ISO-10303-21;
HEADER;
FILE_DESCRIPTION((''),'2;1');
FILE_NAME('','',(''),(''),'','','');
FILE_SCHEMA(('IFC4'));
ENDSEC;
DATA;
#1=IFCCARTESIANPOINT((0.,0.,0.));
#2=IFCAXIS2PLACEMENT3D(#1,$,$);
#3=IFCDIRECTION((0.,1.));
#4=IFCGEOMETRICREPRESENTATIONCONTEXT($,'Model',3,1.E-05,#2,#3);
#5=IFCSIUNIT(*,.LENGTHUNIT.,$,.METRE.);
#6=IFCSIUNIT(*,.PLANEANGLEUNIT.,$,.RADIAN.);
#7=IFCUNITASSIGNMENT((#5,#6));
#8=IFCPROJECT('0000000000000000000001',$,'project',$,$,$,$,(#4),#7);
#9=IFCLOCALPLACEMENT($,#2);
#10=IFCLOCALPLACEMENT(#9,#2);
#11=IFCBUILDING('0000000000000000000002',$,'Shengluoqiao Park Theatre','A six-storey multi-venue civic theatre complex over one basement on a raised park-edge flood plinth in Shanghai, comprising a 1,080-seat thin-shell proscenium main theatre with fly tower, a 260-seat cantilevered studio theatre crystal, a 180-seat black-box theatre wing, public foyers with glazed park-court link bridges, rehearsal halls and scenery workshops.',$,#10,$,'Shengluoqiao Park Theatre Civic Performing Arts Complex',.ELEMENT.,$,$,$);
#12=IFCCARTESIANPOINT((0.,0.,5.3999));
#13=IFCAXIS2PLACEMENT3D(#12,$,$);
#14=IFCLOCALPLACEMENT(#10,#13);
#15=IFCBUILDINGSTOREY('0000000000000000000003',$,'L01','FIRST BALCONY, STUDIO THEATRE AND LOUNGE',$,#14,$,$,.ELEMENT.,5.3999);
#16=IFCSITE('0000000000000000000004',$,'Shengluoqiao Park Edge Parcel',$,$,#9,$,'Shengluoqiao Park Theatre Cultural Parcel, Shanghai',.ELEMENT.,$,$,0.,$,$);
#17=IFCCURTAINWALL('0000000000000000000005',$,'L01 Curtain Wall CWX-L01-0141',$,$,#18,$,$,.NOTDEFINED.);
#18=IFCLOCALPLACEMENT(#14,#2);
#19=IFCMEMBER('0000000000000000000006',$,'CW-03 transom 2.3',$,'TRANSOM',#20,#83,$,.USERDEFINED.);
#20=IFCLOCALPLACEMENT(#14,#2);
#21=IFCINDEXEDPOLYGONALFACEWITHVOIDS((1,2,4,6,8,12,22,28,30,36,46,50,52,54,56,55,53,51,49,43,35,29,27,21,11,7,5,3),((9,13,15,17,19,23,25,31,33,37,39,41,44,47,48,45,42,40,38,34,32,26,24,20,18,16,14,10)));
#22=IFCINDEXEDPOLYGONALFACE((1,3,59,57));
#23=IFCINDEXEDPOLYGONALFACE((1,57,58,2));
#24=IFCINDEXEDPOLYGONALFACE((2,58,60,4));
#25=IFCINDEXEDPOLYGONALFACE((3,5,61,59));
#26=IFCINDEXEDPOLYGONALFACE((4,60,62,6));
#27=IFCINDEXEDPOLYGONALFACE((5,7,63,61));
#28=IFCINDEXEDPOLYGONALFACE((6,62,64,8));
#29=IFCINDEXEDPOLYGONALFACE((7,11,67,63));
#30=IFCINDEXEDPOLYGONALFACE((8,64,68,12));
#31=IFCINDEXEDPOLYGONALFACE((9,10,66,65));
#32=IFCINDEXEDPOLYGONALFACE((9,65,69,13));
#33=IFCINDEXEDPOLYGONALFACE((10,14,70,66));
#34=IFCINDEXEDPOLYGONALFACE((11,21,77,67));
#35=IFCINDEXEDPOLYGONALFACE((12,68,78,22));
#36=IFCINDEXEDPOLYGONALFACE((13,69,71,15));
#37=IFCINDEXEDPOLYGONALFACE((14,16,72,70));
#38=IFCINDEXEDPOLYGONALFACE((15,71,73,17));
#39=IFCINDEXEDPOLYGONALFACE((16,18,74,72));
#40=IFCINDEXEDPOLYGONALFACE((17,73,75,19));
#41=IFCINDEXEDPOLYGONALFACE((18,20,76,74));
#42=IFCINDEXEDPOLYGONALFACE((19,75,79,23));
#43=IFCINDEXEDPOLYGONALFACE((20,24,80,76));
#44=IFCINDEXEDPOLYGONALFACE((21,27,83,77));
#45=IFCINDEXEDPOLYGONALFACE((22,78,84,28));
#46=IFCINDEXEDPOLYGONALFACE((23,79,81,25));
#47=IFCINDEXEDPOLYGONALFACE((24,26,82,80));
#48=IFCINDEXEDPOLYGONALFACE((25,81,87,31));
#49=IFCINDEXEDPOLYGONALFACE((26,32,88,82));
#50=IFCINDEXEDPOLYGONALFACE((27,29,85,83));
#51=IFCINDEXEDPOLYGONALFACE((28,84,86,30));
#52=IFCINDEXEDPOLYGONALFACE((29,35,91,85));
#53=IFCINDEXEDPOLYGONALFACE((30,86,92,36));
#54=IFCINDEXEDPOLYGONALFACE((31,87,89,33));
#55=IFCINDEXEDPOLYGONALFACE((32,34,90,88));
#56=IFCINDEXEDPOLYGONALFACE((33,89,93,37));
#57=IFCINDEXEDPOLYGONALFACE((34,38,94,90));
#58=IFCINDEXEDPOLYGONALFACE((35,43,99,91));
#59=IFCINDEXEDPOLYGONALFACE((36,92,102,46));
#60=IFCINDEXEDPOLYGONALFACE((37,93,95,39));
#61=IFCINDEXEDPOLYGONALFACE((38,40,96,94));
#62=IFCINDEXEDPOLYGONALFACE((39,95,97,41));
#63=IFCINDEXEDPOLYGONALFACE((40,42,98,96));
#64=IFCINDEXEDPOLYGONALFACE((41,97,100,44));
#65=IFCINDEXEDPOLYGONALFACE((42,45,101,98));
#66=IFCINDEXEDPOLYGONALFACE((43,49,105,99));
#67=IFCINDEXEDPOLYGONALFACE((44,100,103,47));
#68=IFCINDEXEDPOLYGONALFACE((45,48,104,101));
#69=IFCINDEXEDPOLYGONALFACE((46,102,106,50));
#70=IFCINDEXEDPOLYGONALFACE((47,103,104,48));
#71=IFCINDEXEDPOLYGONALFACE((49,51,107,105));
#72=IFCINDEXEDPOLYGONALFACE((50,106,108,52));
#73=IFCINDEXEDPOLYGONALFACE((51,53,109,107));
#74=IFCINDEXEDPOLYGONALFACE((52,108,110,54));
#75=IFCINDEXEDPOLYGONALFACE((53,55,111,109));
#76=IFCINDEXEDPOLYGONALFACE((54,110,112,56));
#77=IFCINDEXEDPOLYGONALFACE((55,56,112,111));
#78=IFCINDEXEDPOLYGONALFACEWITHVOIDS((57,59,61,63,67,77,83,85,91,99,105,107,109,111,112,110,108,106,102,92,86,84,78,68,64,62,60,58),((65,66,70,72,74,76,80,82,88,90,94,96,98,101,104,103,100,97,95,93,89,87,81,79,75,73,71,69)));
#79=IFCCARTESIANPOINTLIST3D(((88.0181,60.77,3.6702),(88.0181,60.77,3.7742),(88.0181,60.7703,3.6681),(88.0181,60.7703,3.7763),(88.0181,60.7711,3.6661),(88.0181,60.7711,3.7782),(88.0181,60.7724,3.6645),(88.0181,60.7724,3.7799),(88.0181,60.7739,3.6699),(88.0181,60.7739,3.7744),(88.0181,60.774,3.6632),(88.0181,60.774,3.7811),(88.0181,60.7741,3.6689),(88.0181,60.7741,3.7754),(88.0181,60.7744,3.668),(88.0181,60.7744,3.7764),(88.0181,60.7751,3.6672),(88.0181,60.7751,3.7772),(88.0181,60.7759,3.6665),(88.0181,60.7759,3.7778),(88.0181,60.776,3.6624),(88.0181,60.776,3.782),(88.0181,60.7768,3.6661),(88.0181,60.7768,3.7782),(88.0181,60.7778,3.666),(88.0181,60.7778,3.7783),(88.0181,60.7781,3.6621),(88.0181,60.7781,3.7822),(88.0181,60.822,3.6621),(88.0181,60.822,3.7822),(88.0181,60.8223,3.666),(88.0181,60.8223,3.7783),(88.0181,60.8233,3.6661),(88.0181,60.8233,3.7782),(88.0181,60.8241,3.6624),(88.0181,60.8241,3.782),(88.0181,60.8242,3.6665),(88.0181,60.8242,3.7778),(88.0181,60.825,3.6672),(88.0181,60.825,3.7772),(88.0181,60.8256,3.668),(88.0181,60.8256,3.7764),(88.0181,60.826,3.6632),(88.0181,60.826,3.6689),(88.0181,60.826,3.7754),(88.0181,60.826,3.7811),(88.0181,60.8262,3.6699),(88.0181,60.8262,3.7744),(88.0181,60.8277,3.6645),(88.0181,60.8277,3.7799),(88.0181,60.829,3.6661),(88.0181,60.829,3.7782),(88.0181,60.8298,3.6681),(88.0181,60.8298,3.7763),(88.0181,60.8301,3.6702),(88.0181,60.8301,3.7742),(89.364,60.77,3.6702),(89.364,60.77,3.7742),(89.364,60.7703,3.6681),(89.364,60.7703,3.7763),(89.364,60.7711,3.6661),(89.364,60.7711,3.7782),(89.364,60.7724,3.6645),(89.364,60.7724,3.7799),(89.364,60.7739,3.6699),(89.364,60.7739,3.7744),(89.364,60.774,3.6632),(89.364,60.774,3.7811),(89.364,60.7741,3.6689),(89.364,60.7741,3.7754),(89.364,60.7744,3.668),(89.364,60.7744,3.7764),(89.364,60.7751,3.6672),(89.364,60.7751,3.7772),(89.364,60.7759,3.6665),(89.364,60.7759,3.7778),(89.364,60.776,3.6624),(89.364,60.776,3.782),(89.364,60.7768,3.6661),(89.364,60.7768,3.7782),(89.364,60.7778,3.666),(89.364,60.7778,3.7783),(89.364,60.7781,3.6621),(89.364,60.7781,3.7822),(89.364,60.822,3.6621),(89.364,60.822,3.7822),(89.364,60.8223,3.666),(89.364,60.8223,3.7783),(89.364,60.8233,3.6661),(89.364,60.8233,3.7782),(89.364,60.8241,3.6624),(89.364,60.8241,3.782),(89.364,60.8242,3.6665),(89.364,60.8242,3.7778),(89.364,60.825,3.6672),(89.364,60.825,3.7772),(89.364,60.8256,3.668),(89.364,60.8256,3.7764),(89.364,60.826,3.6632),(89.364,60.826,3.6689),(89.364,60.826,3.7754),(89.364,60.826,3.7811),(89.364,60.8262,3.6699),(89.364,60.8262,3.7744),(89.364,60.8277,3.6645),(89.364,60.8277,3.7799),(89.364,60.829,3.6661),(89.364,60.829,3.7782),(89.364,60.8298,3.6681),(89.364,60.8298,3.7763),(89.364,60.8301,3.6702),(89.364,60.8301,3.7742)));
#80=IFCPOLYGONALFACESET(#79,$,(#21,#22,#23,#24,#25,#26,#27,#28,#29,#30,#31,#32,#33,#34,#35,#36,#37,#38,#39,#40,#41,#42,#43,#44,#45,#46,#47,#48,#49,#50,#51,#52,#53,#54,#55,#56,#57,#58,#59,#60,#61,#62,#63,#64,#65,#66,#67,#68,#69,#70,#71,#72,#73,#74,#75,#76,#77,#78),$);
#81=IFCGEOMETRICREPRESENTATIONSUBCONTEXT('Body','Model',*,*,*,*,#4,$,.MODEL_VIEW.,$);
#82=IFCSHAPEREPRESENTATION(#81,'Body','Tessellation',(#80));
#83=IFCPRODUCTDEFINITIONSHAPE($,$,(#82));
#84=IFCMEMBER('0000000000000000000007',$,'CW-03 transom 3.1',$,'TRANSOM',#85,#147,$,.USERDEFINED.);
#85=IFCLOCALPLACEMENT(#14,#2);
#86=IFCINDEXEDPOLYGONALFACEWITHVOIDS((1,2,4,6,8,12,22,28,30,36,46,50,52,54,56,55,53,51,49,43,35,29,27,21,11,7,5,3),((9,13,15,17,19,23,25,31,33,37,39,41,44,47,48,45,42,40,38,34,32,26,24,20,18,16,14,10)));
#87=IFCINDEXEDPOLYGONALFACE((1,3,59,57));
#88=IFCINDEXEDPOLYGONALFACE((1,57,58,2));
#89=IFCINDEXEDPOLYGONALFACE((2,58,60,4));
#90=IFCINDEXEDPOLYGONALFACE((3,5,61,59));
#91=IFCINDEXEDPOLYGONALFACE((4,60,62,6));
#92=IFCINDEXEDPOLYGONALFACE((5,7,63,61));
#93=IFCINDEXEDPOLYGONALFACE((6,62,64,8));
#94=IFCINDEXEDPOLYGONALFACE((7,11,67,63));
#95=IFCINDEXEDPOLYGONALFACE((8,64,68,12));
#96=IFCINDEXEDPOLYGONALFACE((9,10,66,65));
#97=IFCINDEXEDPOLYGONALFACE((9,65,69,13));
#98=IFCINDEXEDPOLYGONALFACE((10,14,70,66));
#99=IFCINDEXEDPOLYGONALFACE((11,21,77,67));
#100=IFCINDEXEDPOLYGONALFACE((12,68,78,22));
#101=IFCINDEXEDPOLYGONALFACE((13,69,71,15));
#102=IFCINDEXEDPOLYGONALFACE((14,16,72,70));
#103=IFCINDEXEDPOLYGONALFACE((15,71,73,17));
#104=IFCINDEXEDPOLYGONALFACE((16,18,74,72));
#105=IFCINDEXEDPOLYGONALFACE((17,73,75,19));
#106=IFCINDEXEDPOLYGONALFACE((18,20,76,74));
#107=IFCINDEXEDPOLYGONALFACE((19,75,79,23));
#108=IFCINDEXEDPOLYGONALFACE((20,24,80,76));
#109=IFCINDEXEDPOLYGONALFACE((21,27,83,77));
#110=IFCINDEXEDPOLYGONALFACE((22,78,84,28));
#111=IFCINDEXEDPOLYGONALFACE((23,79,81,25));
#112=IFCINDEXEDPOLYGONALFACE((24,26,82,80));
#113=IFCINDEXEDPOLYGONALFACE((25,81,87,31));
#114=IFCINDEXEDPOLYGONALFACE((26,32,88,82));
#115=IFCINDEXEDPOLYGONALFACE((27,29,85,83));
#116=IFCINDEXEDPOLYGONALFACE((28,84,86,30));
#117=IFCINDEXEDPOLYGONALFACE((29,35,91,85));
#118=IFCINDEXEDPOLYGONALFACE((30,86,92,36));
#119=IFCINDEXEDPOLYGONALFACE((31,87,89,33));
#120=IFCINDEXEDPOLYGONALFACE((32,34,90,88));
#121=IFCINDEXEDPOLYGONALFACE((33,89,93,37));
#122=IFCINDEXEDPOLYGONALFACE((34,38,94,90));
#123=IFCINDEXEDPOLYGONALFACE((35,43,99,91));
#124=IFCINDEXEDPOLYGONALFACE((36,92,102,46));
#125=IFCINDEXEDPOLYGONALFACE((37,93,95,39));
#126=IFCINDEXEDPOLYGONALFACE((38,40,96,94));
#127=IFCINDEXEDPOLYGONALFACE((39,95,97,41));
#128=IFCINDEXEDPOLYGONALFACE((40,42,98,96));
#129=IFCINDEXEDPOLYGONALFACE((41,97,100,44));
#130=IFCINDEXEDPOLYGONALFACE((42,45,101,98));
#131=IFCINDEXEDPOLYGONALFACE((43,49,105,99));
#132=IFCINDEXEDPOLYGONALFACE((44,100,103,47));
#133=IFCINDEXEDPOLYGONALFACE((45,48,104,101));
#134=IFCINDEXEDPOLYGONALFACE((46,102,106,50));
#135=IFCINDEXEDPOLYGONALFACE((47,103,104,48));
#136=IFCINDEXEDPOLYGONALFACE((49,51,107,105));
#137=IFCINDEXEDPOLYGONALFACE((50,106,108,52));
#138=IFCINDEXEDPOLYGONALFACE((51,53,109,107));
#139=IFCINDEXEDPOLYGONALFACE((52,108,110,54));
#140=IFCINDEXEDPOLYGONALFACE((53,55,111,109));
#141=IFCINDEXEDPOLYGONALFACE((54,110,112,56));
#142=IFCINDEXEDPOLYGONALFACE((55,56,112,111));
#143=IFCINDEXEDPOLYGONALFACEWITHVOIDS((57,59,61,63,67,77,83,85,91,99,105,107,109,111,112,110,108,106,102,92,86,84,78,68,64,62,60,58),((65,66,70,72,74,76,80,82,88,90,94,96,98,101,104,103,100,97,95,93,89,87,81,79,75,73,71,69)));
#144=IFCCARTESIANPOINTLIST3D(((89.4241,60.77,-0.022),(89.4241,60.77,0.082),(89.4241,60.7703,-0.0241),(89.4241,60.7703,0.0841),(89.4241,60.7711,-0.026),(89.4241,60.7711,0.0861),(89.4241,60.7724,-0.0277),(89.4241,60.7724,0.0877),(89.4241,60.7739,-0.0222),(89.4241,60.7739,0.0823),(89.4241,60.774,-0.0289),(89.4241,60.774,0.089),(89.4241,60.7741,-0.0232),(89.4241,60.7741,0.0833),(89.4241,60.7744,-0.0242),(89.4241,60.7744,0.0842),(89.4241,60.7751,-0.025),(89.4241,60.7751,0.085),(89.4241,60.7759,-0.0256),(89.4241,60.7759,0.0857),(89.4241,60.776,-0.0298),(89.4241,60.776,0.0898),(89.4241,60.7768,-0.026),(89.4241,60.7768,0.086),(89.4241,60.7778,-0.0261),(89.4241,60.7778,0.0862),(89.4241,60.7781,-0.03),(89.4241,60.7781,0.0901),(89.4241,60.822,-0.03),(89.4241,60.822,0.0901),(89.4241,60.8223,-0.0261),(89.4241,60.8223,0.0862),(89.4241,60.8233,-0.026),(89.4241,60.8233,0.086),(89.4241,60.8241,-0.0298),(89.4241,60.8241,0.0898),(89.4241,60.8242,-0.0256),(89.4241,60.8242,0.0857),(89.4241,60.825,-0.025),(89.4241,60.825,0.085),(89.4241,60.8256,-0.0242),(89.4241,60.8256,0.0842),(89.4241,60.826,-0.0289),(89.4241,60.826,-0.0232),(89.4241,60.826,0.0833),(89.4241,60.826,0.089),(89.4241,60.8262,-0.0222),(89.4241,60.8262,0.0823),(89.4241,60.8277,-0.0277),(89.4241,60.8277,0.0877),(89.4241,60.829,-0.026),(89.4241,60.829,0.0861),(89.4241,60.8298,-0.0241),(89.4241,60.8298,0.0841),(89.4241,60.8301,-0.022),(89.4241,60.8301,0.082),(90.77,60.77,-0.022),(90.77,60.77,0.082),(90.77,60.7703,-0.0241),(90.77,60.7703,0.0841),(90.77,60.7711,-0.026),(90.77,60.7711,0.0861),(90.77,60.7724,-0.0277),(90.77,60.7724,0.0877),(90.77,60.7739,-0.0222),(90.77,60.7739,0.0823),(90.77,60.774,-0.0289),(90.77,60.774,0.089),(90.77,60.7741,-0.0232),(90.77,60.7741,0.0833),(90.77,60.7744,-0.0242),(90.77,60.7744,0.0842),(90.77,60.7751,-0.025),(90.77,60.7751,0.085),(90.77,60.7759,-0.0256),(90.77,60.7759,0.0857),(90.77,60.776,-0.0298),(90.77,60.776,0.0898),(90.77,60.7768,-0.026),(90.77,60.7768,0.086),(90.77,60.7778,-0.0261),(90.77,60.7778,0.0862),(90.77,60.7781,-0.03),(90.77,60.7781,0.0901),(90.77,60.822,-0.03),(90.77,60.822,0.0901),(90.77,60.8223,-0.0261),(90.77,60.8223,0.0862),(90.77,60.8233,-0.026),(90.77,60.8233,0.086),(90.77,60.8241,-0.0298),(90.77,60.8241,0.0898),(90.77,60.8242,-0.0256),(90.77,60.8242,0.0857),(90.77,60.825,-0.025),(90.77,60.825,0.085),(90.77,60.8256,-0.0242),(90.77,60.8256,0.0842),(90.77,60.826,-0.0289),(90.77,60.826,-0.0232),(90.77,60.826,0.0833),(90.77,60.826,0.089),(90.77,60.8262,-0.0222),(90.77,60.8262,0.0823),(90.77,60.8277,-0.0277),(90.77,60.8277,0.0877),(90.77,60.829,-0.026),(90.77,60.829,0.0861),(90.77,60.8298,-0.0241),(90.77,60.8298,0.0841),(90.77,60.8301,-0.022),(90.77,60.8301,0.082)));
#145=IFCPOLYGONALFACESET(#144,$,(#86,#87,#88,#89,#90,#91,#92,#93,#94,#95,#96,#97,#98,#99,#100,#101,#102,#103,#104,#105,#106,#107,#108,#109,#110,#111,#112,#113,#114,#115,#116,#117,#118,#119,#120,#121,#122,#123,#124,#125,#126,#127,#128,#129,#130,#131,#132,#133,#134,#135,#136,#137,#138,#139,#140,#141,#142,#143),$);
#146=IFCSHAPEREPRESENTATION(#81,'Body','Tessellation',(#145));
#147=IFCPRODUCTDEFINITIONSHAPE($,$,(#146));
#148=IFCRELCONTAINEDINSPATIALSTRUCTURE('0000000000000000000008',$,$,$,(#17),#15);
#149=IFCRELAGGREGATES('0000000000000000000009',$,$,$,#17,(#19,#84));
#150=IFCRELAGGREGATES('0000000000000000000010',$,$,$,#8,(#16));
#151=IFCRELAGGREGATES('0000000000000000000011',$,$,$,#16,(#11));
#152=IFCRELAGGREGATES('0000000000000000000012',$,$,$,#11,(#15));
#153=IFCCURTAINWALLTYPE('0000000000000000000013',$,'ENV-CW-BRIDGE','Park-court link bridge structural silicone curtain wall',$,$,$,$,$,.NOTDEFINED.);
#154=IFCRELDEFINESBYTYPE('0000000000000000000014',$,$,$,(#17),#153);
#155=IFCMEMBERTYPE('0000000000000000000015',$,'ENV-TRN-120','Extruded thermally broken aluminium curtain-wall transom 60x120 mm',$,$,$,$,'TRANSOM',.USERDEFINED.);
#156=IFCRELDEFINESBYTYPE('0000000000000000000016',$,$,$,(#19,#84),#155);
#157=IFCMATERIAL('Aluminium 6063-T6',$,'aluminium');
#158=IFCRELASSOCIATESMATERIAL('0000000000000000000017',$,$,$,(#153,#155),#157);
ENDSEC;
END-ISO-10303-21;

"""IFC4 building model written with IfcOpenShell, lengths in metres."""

from ifc_helpers import new_model, si_unit, direction, frame, origin, origin_2d, place, context, subcontext, project, spatial, hollow_rectangle, extrude, material, material_profile, profile_set, type_object, element, aggregate, save


model = new_model("IFC4")

# Units and contexts
model_context = context("Model", 3, precision=1e-05, world=origin(), true_north=direction((0.0, 1.0)))
body_context = subcontext(model_context, "Body", "Model", "MODEL_VIEW")
ifc_project = project(units=[si_unit("LENGTHUNIT", "METRE"), si_unit("PLANEANGLEUNIT", "RADIAN")], contexts=[model_context])

# Site, building, storey
site_placement = place(None, origin())
site = spatial("IfcSite", under=ifc_project, at=site_placement, Name="Shengluoqiao Park Edge Parcel", LongName="Shengluoqiao Park Theatre Cultural Parcel, Shanghai", CompositionType="ELEMENT", RefElevation=0.0)
building_placement = place(site_placement, origin())
building = spatial("IfcBuilding", under=site, at=building_placement, Name="Shengluoqiao Park Theatre", Description="A six-storey multi-venue civic theatre complex over one basement on a raised park-edge flood plinth in Shanghai, comprising a 1,080-seat thin-shell proscenium main theatre with fly tower, a 260-seat cantilevered studio theatre crystal, a 180-seat black-box theatre wing, public foyers with glazed park-court link bridges, rehearsal halls and scenery workshops.", LongName="Shengluoqiao Park Theatre Civic Performing Arts Complex", CompositionType="ELEMENT")
storey_placement = place(building_placement, frame((0.0, 0.0, 5.3999)))
storey = spatial("IfcBuildingStorey", under=building, at=storey_placement, Name="L01", Description="FIRST BALCONY, STUDIO THEATRE AND LOUNGE", CompositionType="ELEMENT", Elevation=5.3999)

# Shared definitions
ifc_material_1 = material(Name="Aluminium 6063-T6", Category="aluminium")
curtain_wall_type = type_object("IfcCurtainWallType", Name="ENV-CW-BRIDGE", Description="Park-court link bridge structural silicone curtain wall", PredefinedType="NOTDEFINED", material=ifc_material_1)

# Curtain wall
curtain_wall_1_placement = place(storey_placement, origin())
curtain_wall_1 = element("IfcCurtainWall", 1, at=curtain_wall_1_placement, inside=storey, type_object=curtain_wall_type, Name="L01 Curtain Wall CWX-L01-0141", PredefinedType="NOTDEFINED")

# Members
ifc_material_profile_1 = material_profile(ifc_material_1, hollow_rectangle(XDim=0.0601, YDim=0.1201, WallThickness=0.0039, InnerFilletRadius=0.0039, OuterFilletRadius=0.0081, at=origin_2d()), Name="ALU TRANSOM 120x60x4")
ifc_profile_set_1 = profile_set([ifc_material_profile_1], Name="Aluminium 6063-T6")
member_type_1 = type_object("IfcMemberType", Name="ENV-TRN-120", Description="Extruded thermally broken aluminium curtain-wall transom 60x120 mm", ElementType="TRANSOM", PredefinedType="USERDEFINED", material=ifc_profile_set_1)
member_1_placement = place(storey_placement, frame((88.0181, 60.8, 3.7222), z_axis=(1.0, 0.0, 0.0), x_axis=(0.0, 1.0, 0.0)))
member_1 = element("IfcMember", 2, at=member_1_placement, type_object=member_type_1, Name="CW-03 transom 2.3", ObjectType="TRANSOM", PredefinedType="USERDEFINED", context=body_context, shape_type="SweptSolid", body=[
    extrude(hollow_rectangle(XDim=0.0601, YDim=0.1201, WallThickness=0.0039, InnerFilletRadius=0.0039, OuterFilletRadius=0.0081, at=origin_2d()), origin(), (0.0, 0.0, 1.0), 1.3459),
])
member_2_placement = place(storey_placement, frame((89.4241, 60.8, 0.03), z_axis=(1.0, 0.0, 0.0), x_axis=(0.0, 1.0, 0.0)))
member_2 = element("IfcMember", 3, at=member_2_placement, type_object=member_type_1, Name="CW-03 transom 3.1", ObjectType="TRANSOM", PredefinedType="USERDEFINED", context=body_context, shape_type="SweptSolid", body=[
    extrude(hollow_rectangle(XDim=0.0601, YDim=0.1201, WallThickness=0.0039, InnerFilletRadius=0.0039, OuterFilletRadius=0.0081, at=origin_2d()), origin(), (0.0, 0.0, 1.0), 1.3459),
])

aggregate(curtain_wall_1, [member_1, member_2])

save(model, "model.ifc")
